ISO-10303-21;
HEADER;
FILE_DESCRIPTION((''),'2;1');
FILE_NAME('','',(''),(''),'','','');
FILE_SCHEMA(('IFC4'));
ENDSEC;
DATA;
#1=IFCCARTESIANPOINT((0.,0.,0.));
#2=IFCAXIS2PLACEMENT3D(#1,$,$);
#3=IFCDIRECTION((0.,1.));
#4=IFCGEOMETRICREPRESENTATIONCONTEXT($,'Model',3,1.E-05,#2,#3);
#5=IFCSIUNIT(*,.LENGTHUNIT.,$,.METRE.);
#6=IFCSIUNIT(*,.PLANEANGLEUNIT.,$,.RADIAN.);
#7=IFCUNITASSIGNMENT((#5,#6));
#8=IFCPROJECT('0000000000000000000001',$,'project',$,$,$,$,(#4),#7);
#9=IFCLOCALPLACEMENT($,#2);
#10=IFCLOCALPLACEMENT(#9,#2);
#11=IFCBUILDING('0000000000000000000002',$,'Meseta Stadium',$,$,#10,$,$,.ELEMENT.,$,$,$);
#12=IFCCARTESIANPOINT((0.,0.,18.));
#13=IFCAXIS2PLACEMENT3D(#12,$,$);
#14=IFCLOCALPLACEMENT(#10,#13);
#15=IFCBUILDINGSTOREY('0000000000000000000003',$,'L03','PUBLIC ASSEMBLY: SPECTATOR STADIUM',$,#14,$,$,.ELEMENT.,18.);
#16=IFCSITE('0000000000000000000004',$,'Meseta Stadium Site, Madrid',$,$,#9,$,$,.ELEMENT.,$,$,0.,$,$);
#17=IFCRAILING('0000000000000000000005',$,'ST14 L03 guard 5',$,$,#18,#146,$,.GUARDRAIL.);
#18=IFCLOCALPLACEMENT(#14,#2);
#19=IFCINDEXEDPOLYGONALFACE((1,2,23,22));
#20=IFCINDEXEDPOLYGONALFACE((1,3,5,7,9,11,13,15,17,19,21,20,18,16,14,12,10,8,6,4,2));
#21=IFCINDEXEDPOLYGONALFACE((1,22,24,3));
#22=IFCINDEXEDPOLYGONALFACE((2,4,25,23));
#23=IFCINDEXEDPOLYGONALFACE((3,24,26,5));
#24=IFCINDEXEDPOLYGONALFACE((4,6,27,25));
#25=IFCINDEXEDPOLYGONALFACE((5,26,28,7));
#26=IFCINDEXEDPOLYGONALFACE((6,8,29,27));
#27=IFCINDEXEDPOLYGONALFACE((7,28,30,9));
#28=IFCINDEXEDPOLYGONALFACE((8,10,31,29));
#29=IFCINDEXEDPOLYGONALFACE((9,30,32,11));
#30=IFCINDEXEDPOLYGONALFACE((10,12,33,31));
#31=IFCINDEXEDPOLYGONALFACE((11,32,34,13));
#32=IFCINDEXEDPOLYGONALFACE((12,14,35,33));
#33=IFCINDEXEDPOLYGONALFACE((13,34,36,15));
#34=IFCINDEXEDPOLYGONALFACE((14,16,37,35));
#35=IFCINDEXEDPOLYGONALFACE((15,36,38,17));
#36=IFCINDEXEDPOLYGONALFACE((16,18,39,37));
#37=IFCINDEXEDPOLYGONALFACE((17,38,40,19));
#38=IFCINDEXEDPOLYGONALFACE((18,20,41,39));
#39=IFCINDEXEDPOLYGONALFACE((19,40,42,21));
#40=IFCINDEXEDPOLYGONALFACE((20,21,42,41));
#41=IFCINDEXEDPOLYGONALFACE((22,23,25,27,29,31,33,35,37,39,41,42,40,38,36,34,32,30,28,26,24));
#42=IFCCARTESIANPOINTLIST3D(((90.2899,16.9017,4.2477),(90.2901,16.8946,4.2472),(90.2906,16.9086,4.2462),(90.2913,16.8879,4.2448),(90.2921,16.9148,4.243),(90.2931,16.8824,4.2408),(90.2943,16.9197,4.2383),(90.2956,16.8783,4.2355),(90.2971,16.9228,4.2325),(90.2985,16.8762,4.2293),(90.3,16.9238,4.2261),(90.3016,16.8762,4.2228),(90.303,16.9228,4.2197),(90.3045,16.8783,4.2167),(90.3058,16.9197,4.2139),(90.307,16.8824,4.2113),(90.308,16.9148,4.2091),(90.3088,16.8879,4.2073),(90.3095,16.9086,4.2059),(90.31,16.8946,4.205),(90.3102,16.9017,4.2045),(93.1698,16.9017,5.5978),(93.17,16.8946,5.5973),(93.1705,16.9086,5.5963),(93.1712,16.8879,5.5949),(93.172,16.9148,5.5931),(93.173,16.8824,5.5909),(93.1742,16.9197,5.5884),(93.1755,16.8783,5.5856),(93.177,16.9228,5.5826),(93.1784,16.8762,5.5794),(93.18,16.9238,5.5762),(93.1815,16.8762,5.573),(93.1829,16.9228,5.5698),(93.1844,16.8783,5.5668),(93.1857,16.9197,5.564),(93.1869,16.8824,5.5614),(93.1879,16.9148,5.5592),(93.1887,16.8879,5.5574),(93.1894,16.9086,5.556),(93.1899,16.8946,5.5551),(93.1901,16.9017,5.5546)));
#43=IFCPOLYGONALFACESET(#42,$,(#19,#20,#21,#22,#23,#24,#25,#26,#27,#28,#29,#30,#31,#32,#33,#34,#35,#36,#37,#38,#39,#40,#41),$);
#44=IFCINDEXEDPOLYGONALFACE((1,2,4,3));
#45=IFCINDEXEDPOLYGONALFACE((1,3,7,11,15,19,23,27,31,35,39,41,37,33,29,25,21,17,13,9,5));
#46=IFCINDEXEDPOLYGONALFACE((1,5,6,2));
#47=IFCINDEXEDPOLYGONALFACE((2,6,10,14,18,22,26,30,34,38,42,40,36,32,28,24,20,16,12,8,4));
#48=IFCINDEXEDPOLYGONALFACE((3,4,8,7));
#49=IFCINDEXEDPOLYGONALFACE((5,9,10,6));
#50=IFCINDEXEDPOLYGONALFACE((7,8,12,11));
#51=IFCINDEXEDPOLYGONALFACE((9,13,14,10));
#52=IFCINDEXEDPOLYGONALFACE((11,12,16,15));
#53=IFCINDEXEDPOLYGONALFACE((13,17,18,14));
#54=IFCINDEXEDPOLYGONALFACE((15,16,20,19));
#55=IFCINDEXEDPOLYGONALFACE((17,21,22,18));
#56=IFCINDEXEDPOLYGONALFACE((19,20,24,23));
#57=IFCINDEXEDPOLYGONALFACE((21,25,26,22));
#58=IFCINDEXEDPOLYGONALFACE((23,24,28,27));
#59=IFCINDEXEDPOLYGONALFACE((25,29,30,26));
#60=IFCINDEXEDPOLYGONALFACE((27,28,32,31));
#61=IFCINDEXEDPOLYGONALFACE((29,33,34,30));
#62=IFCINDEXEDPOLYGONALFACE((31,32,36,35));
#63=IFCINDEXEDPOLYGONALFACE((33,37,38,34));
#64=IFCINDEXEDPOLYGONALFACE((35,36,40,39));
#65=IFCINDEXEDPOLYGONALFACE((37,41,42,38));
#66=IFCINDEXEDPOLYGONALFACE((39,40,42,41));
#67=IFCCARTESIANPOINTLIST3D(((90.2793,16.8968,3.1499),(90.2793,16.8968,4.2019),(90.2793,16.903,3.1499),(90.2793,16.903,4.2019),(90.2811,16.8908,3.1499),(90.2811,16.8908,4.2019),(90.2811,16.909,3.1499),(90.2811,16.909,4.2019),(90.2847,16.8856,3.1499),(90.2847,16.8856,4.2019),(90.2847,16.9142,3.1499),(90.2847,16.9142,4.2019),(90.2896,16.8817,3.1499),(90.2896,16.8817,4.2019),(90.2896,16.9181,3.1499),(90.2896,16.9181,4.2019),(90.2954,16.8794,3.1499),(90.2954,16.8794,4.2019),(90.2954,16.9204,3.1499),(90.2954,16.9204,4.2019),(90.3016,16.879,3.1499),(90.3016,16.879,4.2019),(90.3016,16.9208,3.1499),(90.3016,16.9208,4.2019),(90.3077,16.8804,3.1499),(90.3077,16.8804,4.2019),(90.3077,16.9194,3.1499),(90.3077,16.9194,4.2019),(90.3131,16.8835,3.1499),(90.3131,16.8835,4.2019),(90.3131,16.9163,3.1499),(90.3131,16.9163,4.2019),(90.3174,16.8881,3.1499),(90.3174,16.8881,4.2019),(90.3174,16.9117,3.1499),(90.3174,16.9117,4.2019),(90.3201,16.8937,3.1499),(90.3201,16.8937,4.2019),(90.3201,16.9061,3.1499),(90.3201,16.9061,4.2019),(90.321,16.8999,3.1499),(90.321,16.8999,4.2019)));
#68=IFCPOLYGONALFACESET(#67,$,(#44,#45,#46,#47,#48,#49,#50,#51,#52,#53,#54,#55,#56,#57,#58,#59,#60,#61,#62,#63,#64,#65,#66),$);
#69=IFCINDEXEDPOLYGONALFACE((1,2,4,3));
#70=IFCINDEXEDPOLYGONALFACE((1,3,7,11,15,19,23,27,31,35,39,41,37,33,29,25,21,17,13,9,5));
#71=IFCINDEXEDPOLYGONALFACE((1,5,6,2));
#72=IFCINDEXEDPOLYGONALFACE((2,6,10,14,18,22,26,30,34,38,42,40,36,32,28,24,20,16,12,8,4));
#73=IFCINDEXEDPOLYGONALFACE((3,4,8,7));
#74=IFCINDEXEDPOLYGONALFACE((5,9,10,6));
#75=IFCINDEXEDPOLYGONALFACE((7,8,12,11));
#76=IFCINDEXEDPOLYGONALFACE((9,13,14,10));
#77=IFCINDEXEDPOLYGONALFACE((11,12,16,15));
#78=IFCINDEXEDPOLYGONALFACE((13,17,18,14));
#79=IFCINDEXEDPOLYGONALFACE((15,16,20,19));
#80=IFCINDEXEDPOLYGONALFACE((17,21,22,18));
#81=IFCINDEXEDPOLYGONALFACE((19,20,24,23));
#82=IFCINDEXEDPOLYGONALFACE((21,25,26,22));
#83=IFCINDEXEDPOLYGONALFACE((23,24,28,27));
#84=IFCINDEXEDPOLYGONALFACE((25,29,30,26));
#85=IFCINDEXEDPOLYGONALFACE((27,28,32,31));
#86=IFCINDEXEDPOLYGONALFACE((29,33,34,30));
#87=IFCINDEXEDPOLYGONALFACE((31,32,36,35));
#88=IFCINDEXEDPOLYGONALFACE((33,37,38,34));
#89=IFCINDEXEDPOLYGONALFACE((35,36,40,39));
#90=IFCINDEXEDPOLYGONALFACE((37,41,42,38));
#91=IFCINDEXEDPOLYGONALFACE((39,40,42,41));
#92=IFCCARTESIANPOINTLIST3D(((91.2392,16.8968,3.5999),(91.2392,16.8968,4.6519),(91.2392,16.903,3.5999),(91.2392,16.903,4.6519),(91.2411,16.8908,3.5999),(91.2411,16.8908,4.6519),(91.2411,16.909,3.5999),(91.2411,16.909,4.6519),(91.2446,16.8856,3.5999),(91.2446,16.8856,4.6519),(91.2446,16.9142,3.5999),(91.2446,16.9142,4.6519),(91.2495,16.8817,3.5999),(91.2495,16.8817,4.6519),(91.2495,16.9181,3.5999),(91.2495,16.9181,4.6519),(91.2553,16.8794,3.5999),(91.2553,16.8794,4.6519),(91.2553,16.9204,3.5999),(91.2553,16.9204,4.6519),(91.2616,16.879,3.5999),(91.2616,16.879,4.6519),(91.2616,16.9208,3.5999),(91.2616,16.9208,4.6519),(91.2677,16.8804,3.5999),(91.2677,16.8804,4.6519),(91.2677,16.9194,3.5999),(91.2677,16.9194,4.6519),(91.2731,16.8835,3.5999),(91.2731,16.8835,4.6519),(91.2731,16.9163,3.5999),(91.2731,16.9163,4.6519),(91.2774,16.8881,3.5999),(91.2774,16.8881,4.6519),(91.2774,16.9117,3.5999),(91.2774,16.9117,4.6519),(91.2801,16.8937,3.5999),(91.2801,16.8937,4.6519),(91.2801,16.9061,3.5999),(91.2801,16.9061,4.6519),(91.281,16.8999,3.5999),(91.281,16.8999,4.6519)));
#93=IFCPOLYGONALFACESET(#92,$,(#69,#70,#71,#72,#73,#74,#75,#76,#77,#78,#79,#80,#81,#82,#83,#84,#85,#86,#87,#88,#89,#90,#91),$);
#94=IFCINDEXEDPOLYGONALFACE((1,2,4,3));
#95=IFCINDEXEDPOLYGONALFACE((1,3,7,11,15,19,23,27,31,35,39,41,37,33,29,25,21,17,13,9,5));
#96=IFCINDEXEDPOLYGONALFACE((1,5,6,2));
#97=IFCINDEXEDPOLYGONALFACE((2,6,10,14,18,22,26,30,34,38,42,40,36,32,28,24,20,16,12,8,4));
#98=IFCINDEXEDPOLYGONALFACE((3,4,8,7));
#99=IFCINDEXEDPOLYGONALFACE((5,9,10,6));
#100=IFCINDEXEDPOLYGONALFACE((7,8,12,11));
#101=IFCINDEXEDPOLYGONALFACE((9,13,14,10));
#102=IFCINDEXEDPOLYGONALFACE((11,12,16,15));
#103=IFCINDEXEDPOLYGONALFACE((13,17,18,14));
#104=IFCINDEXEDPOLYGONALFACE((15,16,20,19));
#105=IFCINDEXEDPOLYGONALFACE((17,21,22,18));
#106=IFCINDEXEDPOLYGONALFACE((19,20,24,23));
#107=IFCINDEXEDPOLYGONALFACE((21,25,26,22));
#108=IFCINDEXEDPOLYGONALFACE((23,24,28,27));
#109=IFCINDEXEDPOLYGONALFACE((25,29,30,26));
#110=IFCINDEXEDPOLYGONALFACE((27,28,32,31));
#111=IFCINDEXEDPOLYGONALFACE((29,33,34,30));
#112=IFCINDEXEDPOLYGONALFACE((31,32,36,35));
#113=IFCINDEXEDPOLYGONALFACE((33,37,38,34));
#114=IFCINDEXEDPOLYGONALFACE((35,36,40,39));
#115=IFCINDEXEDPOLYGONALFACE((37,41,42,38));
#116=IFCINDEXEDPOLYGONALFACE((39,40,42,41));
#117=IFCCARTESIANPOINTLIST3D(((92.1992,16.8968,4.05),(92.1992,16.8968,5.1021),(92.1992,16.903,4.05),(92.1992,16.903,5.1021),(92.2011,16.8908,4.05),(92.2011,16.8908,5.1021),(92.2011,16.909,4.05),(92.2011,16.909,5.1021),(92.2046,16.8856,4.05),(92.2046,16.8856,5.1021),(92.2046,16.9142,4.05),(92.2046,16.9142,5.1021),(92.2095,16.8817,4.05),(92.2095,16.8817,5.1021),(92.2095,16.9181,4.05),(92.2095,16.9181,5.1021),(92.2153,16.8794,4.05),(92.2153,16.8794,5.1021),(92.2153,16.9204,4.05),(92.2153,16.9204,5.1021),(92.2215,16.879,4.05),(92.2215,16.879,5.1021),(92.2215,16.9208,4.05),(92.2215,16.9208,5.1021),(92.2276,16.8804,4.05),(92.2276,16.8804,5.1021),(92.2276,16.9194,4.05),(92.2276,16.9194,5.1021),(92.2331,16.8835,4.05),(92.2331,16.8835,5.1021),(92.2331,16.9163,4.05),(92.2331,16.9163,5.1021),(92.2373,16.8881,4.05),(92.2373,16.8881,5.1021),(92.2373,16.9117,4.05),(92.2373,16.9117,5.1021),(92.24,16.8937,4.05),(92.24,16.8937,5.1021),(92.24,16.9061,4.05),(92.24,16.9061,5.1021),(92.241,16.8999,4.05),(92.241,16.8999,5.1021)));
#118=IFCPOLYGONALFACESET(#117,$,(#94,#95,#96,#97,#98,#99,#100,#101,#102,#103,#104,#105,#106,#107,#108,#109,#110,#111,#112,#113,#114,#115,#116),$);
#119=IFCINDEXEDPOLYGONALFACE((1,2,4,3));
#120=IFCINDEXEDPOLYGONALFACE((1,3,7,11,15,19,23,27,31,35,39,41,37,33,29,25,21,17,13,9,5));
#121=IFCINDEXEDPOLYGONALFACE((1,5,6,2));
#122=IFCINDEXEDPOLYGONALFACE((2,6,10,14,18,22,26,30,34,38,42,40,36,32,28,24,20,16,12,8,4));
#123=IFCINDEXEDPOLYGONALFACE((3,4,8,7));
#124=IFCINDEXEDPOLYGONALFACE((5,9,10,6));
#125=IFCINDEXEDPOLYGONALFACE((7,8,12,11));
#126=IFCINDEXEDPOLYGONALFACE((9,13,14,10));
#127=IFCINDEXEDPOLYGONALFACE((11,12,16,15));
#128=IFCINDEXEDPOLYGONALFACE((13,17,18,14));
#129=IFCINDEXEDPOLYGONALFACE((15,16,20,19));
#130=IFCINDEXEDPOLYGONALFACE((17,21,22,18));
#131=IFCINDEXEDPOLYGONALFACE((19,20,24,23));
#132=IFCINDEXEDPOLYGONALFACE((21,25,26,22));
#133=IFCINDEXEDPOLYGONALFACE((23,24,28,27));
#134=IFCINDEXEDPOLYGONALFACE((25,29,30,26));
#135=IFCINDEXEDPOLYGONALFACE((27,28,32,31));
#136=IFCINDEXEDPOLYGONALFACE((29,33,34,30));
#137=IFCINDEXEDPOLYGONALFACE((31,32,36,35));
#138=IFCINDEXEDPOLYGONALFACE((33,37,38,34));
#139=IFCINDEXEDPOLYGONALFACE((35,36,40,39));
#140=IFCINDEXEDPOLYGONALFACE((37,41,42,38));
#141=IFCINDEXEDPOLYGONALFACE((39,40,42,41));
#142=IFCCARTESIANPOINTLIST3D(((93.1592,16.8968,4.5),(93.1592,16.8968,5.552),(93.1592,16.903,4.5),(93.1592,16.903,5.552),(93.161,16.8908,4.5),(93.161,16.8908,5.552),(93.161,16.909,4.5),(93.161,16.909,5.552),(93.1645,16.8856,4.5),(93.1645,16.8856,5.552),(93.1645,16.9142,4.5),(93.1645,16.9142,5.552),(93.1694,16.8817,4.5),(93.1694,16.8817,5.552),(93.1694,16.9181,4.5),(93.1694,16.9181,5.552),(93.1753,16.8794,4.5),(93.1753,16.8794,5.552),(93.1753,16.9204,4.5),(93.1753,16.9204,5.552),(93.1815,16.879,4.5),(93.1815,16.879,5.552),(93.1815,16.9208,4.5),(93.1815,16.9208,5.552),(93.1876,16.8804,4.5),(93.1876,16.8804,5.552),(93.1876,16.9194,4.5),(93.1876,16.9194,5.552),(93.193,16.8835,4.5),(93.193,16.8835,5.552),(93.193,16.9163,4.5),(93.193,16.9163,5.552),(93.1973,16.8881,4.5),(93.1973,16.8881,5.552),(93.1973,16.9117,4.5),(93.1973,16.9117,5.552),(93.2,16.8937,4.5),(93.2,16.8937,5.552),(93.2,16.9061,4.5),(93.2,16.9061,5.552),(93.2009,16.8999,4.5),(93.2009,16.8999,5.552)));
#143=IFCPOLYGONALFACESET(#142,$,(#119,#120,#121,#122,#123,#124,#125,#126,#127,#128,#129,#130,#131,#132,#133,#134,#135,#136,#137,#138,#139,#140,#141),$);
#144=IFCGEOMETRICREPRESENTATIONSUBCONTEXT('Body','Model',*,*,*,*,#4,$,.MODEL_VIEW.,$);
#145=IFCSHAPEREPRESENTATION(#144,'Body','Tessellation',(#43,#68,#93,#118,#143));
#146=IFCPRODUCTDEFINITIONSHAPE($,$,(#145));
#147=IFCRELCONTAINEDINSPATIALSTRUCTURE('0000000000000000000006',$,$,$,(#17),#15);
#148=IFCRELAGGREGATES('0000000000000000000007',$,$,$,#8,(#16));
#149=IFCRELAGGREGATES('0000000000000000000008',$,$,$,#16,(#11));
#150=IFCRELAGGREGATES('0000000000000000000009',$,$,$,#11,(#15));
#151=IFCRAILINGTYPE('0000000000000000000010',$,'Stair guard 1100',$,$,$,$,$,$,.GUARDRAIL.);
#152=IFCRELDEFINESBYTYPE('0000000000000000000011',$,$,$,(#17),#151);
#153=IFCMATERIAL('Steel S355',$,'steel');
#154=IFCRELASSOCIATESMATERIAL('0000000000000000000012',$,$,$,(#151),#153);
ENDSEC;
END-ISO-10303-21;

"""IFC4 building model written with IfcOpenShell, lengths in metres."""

from ifc_helpers import new_model, si_unit, direction, frame, origin, origin_2d, place, context, subcontext, project, spatial, circle, extrude, material, type_object, element, save


model = new_model("IFC4")

# Units and contexts
model_context = context("Model", 3, precision=1e-05, world=origin(), true_north=direction((0.0, 1.0)))
body_context = subcontext(model_context, "Body", "Model", "MODEL_VIEW")
ifc_project = project(units=[si_unit("LENGTHUNIT", "METRE"), si_unit("PLANEANGLEUNIT", "RADIAN")], contexts=[model_context])

# Site, building, storey
site_placement = place(None, origin())
site = spatial("IfcSite", under=ifc_project, at=site_placement, Name="Meseta Stadium Site, Madrid", CompositionType="ELEMENT", RefElevation=0.0)
building_placement = place(site_placement, origin())
building = spatial("IfcBuilding", under=site, at=building_placement, Name="Meseta Stadium", CompositionType="ELEMENT")
storey_placement = place(building_placement, frame((0.0, 0.0, 18.0)))
storey = spatial("IfcBuildingStorey", under=building, at=storey_placement, Name="L03", Description="PUBLIC ASSEMBLY: SPECTATOR STADIUM", CompositionType="ELEMENT", Elevation=18.0)

# Railing
ifc_material_1 = material(Name="Steel S355", Category="steel")
railing_type_1 = type_object("IfcRailingType", Name="Stair guard 1100", PredefinedType="GUARDRAIL", material=ifc_material_1)
railing_1_placement = place(storey_placement, frame((90.3, 16.8999, 3.1499)))
element("IfcRailing", 1, at=railing_1_placement, inside=storey, type_object=railing_type_1, Name="ST14 L03 guard 5", PredefinedType="GUARDRAIL", context=body_context, shape_type="SweptSolid", body=[
    extrude(circle(Radius=0.0239, at=origin_2d()), frame((0.0, 0.0, 1.0762), z_axis=(0.90544, 0.0, 0.424473), x_axis=(0.0, 1.0, 0.0)), (0.0, 0.0, 1.0), 3.1807),
    extrude(circle(Radius=0.021, at=origin_2d()), origin(), (0.0, 0.0, 1.0), 1.052),
    extrude(circle(Radius=0.021, at=origin_2d()), frame((0.96, 0.0, 0.45)), (0.0, 0.0, 1.0), 1.052),
    extrude(circle(Radius=0.021, at=origin_2d()), frame((1.9199, 0.0, 0.9001)), (0.0, 0.0, 1.0), 1.052),
    extrude(circle(Radius=0.021, at=origin_2d()), frame((2.8799, 0.0, 1.3501)), (0.0, 0.0, 1.0), 1.052),
])

save(model, "model.ifc")
